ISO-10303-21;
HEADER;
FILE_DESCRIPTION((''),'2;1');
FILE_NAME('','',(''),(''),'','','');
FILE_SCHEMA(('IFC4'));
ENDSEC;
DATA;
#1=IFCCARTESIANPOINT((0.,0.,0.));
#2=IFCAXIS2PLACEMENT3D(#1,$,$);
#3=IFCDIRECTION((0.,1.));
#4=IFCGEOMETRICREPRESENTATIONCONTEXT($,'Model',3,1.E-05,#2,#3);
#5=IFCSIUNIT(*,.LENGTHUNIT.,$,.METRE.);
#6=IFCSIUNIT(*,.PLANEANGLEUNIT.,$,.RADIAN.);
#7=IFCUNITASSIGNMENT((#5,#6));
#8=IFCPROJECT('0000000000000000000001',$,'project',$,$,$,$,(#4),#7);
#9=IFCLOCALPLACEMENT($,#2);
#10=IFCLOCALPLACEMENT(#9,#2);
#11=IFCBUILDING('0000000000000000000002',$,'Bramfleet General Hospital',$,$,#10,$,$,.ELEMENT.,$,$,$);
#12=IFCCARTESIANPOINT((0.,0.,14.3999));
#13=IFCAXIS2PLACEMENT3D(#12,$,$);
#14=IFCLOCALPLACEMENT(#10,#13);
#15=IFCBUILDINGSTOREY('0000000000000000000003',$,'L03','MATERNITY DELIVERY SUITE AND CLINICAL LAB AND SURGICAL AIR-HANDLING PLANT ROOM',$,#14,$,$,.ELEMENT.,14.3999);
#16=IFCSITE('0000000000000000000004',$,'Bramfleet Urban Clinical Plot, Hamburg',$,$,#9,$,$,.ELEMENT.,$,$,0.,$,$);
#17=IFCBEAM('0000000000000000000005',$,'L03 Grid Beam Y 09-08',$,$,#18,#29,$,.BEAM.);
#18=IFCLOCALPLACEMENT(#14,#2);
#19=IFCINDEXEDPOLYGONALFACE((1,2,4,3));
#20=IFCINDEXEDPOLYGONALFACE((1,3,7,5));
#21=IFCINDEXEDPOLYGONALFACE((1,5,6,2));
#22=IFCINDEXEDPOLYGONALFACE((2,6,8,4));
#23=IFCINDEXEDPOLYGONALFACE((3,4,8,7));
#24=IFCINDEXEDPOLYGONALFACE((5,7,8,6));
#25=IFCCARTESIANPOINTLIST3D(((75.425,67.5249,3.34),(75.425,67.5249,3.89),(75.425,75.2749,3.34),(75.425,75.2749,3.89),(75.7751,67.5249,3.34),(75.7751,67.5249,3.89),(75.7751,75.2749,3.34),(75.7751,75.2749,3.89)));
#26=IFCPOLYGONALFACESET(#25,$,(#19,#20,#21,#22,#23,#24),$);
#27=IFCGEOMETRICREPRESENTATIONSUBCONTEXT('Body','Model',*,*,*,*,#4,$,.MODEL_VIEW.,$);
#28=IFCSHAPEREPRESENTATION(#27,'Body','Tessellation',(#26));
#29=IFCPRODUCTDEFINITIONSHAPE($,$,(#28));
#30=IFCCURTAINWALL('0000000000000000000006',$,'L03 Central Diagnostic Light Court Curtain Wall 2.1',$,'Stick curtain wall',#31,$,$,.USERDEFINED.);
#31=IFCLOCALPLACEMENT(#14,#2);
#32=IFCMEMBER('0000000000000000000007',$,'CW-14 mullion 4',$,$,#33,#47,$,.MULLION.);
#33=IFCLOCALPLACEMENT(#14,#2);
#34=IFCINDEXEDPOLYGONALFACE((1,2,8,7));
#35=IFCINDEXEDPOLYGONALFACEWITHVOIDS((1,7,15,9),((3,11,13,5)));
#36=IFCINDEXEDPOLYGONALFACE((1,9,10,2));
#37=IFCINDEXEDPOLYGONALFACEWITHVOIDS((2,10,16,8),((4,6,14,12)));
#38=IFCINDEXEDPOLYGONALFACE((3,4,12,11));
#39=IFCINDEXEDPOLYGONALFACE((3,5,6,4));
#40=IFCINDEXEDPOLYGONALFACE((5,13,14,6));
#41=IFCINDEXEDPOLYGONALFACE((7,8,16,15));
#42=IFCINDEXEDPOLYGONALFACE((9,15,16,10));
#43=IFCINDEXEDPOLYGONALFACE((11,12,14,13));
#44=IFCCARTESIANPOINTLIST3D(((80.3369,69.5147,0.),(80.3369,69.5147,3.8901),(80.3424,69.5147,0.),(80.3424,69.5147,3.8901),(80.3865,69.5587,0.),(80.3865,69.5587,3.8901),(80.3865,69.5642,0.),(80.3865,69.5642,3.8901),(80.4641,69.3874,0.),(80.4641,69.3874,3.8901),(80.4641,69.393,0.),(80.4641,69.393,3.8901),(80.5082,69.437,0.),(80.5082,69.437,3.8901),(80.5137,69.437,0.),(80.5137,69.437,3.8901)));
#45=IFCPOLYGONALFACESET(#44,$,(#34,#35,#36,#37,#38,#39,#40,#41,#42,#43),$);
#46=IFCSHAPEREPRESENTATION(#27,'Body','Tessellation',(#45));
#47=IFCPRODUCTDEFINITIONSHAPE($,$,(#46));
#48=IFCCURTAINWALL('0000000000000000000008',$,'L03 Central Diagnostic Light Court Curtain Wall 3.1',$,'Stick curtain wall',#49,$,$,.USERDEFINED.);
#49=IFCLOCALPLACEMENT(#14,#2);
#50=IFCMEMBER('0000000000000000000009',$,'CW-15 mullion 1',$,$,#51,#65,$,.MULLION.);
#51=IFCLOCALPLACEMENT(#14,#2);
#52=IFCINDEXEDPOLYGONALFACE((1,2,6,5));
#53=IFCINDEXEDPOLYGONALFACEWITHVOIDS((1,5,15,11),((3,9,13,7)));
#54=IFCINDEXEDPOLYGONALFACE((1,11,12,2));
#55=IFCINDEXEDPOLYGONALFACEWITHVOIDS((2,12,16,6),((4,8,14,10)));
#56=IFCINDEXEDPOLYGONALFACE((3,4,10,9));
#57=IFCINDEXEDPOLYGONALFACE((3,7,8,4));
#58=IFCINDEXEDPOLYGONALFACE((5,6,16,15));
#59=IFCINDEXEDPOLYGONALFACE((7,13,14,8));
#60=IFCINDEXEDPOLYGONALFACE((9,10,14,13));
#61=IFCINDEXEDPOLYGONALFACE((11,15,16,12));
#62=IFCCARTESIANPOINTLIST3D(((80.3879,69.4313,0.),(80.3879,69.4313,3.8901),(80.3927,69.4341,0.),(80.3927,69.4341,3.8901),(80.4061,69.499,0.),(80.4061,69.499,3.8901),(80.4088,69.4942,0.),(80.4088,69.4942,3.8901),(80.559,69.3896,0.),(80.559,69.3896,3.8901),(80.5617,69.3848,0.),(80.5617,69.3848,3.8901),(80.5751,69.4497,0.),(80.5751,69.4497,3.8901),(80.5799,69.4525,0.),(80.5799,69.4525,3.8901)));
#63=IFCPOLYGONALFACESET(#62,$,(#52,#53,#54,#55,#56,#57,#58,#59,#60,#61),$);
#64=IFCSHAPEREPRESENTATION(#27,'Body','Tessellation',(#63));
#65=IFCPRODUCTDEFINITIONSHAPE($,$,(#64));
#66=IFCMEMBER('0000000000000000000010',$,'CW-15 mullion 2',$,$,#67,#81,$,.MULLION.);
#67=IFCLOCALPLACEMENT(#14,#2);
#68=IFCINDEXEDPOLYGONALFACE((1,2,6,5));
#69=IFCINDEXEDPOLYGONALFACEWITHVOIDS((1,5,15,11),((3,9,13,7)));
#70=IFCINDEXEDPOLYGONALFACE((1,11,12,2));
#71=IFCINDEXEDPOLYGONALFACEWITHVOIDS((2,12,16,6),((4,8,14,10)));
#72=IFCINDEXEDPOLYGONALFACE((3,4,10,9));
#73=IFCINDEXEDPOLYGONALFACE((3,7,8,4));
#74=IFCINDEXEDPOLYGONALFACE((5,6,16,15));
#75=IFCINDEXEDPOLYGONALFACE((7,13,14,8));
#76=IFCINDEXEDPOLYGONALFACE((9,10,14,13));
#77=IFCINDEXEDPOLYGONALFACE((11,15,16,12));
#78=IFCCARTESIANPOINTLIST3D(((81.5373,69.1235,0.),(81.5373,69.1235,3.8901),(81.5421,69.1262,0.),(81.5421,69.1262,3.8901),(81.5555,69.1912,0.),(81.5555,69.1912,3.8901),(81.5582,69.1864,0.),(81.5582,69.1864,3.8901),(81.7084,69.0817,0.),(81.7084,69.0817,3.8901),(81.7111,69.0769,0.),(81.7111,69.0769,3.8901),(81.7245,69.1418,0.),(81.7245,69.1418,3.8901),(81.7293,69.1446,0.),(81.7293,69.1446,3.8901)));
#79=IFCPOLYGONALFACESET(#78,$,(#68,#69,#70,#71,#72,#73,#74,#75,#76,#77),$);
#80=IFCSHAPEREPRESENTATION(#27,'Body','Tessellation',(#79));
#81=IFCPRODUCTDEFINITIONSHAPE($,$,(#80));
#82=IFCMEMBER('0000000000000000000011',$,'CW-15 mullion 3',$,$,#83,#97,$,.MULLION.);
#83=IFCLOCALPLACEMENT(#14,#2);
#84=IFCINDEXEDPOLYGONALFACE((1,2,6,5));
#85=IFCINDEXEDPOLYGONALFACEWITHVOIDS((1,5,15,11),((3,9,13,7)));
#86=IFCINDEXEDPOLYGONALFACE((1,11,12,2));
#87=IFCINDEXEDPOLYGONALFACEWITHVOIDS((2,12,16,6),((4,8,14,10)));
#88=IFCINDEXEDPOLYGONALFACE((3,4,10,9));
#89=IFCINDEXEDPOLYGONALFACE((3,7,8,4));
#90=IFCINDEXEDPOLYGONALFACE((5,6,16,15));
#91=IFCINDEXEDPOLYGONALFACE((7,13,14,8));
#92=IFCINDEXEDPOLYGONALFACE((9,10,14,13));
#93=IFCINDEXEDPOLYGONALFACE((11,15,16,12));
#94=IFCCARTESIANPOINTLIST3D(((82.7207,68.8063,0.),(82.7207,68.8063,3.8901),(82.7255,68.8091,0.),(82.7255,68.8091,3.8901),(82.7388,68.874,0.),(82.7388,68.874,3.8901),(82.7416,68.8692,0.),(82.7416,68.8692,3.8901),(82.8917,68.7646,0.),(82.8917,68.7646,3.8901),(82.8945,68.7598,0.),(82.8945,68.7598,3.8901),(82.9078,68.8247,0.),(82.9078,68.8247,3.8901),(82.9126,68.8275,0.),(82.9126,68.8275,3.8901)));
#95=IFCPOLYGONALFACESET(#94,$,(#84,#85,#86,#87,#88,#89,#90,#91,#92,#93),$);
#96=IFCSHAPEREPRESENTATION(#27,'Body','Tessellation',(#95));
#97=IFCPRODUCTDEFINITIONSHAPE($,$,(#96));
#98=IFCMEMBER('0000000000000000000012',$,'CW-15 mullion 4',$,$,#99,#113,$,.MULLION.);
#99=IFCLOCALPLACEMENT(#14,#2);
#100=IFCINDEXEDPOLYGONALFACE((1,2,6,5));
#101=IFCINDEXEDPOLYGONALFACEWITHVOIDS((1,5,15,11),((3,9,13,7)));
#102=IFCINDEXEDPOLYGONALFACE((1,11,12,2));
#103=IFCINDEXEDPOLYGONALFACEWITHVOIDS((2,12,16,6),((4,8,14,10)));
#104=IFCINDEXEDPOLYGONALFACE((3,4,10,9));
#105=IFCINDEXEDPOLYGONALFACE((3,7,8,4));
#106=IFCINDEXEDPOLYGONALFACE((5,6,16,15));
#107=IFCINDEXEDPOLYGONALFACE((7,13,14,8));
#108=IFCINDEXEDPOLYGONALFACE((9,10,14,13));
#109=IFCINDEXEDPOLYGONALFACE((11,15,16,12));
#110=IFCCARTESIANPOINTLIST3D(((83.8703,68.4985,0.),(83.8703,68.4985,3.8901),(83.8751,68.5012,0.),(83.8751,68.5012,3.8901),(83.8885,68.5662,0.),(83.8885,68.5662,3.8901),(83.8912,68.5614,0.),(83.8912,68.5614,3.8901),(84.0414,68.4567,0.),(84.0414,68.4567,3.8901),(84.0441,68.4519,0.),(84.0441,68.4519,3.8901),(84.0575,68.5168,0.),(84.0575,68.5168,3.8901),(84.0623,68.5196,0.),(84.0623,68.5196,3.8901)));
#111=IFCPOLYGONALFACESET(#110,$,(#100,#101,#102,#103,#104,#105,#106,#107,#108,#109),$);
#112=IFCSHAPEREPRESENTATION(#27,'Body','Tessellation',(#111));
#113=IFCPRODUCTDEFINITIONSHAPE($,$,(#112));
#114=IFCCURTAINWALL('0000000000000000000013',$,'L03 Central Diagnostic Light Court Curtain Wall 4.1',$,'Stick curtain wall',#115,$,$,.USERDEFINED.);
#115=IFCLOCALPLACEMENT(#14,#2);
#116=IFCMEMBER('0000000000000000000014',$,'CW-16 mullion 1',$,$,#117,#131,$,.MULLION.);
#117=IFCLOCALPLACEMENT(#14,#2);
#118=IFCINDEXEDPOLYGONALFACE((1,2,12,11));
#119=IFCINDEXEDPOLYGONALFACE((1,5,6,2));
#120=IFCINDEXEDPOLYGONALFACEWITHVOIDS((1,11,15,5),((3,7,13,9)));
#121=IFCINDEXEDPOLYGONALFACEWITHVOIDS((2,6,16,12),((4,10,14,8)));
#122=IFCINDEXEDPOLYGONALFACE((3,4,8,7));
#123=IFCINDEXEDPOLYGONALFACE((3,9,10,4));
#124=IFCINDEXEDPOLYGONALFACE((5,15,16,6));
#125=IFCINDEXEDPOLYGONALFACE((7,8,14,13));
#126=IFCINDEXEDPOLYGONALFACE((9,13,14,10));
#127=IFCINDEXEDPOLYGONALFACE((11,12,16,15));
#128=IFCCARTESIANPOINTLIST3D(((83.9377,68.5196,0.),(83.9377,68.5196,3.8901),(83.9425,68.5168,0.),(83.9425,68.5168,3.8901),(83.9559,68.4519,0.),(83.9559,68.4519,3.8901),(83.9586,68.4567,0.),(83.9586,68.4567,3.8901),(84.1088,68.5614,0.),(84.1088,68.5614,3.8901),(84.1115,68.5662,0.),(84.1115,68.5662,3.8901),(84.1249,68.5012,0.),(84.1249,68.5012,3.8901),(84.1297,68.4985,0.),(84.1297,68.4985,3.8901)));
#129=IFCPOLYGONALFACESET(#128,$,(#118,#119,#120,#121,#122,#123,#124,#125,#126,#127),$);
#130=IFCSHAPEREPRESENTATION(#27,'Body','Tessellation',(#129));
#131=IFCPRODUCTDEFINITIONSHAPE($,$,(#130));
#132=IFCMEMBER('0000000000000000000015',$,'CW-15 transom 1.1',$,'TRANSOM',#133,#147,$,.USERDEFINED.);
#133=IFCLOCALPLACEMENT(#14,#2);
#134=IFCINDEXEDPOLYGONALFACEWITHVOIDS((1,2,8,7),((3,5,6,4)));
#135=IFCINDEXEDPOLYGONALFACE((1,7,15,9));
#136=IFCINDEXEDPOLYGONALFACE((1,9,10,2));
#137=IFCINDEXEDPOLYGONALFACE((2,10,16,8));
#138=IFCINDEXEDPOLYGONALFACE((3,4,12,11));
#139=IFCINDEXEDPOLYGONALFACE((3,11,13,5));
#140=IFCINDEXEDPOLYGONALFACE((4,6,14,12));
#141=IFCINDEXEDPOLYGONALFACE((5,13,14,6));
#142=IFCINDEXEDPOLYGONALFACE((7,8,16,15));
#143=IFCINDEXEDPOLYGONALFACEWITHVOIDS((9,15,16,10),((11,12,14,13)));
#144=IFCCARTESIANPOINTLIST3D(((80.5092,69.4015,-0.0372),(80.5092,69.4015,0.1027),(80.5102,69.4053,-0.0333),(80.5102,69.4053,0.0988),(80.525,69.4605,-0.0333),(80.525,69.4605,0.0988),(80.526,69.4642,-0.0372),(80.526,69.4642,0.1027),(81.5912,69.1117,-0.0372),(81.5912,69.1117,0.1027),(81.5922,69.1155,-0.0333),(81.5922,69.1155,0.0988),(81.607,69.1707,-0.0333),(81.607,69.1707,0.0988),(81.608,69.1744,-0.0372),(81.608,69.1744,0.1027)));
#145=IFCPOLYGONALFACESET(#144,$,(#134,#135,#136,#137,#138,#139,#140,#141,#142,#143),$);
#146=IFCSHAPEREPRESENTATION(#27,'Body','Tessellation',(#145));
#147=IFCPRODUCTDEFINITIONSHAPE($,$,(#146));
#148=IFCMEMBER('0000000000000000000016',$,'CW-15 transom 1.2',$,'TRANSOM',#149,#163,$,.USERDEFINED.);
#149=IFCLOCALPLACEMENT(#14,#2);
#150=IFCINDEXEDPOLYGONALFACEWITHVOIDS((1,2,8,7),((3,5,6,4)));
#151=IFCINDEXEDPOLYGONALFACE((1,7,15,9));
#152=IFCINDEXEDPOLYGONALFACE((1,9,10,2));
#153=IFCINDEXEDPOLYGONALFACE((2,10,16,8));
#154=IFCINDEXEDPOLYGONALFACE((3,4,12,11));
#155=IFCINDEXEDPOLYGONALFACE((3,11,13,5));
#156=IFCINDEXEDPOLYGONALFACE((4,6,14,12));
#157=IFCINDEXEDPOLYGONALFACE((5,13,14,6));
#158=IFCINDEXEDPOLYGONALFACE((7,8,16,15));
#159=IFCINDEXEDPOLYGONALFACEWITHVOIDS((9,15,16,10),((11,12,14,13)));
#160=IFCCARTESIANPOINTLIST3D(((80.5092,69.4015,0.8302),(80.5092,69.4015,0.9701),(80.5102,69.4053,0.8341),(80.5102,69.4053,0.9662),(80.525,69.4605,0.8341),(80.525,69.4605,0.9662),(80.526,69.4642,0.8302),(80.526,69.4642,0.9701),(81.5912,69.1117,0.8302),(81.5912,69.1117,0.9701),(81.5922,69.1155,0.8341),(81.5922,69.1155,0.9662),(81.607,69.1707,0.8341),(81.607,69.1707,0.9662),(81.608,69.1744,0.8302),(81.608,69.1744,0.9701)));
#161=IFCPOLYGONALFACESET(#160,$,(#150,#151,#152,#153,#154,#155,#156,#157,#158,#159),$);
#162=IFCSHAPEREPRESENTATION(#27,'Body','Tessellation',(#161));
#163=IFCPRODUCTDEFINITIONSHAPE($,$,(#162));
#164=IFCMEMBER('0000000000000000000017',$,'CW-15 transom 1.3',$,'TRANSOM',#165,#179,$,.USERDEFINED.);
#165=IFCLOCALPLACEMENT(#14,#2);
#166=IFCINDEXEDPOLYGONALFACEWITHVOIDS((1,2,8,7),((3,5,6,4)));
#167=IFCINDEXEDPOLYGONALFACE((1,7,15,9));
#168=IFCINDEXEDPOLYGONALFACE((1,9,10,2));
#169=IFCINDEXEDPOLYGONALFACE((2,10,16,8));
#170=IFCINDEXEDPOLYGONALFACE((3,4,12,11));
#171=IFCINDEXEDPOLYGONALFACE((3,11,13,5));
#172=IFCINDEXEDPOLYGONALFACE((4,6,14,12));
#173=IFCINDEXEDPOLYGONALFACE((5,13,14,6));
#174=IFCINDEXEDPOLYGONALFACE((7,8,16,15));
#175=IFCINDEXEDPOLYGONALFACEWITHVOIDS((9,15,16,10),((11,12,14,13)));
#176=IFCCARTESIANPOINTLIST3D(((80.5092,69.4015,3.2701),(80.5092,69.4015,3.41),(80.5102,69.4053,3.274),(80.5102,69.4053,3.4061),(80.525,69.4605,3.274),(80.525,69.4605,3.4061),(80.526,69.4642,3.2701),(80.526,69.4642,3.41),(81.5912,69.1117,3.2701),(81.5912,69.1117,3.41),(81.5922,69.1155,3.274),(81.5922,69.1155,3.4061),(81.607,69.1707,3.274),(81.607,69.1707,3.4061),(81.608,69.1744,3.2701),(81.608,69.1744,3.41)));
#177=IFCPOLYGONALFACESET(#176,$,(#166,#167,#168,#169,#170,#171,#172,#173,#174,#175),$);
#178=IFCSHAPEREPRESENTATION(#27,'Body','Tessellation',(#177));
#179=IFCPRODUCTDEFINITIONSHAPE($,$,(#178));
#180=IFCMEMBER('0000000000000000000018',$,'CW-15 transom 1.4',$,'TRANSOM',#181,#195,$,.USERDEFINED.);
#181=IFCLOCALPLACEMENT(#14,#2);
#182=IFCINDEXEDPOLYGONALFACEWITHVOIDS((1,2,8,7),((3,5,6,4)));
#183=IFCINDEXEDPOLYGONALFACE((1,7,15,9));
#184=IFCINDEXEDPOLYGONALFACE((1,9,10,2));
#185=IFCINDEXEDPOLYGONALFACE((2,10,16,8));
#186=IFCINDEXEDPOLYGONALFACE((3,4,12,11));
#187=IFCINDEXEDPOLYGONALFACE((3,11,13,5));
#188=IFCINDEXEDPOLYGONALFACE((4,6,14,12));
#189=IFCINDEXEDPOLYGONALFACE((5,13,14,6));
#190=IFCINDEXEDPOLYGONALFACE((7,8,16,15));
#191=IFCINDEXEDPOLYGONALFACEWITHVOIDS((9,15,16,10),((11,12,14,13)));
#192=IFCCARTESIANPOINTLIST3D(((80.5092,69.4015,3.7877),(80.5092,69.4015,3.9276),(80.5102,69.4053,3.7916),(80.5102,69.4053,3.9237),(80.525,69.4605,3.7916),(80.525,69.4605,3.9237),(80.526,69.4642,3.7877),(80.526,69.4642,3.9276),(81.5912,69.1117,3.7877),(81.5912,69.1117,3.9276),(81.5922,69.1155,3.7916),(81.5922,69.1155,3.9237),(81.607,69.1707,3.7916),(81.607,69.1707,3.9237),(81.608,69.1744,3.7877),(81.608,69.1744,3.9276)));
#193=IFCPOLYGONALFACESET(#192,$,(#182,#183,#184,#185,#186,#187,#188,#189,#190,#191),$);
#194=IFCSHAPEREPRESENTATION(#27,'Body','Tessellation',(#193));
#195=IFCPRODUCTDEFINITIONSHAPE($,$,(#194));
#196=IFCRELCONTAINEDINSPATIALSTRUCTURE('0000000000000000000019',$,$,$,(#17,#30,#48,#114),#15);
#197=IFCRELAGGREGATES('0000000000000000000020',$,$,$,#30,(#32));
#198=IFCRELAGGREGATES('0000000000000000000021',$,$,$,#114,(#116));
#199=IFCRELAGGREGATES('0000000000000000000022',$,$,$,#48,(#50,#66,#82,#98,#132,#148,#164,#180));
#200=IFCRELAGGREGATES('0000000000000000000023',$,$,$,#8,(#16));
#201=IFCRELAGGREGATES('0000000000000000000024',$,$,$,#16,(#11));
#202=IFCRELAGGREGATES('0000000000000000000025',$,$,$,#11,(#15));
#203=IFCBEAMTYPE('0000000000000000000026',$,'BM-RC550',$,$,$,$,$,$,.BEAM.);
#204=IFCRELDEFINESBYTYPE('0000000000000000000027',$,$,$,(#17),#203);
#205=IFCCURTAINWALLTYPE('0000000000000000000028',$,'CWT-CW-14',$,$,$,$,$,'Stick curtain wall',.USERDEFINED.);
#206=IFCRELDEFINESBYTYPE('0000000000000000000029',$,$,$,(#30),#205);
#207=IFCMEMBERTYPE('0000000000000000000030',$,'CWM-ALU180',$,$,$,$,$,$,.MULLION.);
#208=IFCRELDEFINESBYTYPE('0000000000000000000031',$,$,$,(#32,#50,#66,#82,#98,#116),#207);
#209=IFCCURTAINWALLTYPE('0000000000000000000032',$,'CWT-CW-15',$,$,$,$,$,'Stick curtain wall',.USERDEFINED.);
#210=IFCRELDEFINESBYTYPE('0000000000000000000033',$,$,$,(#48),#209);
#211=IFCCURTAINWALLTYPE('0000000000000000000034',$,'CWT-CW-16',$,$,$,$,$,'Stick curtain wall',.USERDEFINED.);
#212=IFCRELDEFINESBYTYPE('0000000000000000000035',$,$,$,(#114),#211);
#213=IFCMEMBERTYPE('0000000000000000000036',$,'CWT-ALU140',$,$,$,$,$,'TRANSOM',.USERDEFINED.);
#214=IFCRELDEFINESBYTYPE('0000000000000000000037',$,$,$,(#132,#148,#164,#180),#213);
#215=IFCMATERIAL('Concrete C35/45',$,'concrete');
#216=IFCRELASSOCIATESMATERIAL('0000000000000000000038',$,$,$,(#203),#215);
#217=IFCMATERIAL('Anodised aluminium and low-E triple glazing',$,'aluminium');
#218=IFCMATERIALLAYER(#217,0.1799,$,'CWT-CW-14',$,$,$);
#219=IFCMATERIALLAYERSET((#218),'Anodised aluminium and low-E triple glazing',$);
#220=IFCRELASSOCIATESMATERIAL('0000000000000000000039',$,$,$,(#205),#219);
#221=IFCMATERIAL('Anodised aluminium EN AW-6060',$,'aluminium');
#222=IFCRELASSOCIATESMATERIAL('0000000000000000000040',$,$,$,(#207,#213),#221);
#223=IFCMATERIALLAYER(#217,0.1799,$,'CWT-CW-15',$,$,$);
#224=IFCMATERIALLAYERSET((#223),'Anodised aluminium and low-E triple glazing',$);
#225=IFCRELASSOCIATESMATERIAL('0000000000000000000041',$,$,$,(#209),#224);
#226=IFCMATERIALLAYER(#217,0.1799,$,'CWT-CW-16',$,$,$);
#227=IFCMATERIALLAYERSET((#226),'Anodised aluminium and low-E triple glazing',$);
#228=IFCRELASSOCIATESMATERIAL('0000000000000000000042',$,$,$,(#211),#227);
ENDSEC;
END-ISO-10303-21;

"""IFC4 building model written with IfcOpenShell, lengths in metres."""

from ifc_helpers import new_model, si_unit, direction, frame, origin, origin_2d, place, context, subcontext, project, spatial, rectangle, hollow_rectangle, extrude, material, layer, layer_set, material_profile, profile_set, type_object, element, aggregate, save


model = new_model("IFC4")

# Units and contexts
model_context = context("Model", 3, precision=1e-05, world=origin(), true_north=direction((0.0, 1.0)))
body_context = subcontext(model_context, "Body", "Model", "MODEL_VIEW")
ifc_project = project(units=[si_unit("LENGTHUNIT", "METRE"), si_unit("PLANEANGLEUNIT", "RADIAN")], contexts=[model_context])

# Site, building, storey
site_placement = place(None, origin())
site = spatial("IfcSite", under=ifc_project, at=site_placement, Name="Bramfleet Urban Clinical Plot, Hamburg", CompositionType="ELEMENT", RefElevation=0.0)
building_placement = place(site_placement, origin())
building = spatial("IfcBuilding", under=site, at=building_placement, Name="Bramfleet General Hospital", CompositionType="ELEMENT")
storey_placement = place(building_placement, frame((0.0, 0.0, 14.3999)))
storey = spatial("IfcBuildingStorey", under=building, at=storey_placement, Name="L03", Description="MATERNITY DELIVERY SUITE AND CLINICAL LAB AND SURGICAL AIR-HANDLING PLANT ROOM", CompositionType="ELEMENT", Elevation=14.3999)

# Beam
ifc_material_1 = material(Name="Concrete C35/45", Category="concrete")
ifc_material_profile_1 = material_profile(ifc_material_1, rectangle(XDim=0.3501, YDim=0.55, at=origin_2d()), Name="RC BM 550x350")
ifc_profile_set_1 = profile_set([ifc_material_profile_1], Name="Concrete C35/45")
beam_type = type_object("IfcBeamType", Name="BM-RC550", PredefinedType="BEAM", material=ifc_profile_set_1)
beam_placement = place(storey_placement, frame((75.6001, 67.5249, 3.615), z_axis=(0.0, 1.0, 0.0), x_axis=(-1.0, 0.0, 0.0)))
element("IfcBeam", 1, at=beam_placement, inside=storey, type_object=beam_type, Name="L03 Grid Beam Y 09-08", PredefinedType="BEAM", context=body_context, shape_type="SweptSolid", body=[
    extrude(rectangle(XDim=0.3501, YDim=0.55, at=origin_2d()), origin(), (0.0, 0.0, 1.0), 7.75),
])

# Curtain wall, member
ifc_material_2 = material(Name="Anodised aluminium and low-E triple glazing", Category="aluminium")
ifc_layer_1 = layer(ifc_material_2, 0.1799, Name="CWT-CW-14")
ifc_layer_set_1 = layer_set([ifc_layer_1], Name="Anodised aluminium and low-E triple glazing")
curtain_wall_type_1 = type_object("IfcCurtainWallType", Name="CWT-CW-14", ElementType="Stick curtain wall", PredefinedType="USERDEFINED", material=ifc_layer_set_1)
curtain_wall_1_placement = place(storey_placement, origin())
curtain_wall_1 = element("IfcCurtainWall", 2, at=curtain_wall_1_placement, inside=storey, type_object=curtain_wall_type_1, Name="L03 Central Diagnostic Light Court Curtain Wall 2.1", ObjectType="Stick curtain wall", PredefinedType="USERDEFINED")
ifc_material_3 = material(Name="Anodised aluminium EN AW-6060", Category="aluminium")
ifc_material_profile_2 = material_profile(ifc_material_3, hollow_rectangle(XDim=0.0701, YDim=0.1799, WallThickness=0.0039, at=origin_2d()), Name="ALU 180x70x4.0")
ifc_profile_set_2 = profile_set([ifc_material_profile_2], Name="Anodised aluminium EN AW-6060")
member_type_1 = type_object("IfcMemberType", Name="CWM-ALU180", PredefinedType="MULLION", material=ifc_profile_set_2)
member_1_placement = place(storey_placement, frame((80.4253, 69.4758, 0.0), z_axis=(0.0, 0.0, 1.0), x_axis=(0.707107, 0.707107, 0.0)))
member_1 = element("IfcMember", 3, at=member_1_placement, type_object=member_type_1, Name="CW-14 mullion 4", PredefinedType="MULLION", context=body_context, shape_type="SweptSolid", body=[
    extrude(hollow_rectangle(XDim=0.0701, YDim=0.1799, WallThickness=0.0039, at=origin_2d()), origin(), (0.0, 0.0, 1.0), 3.8901),
])
aggregate(curtain_wall_1, [member_1])

# Curtain wall, members
ifc_layer_2 = layer(ifc_material_2, 0.1799, Name="CWT-CW-15")
ifc_layer_set_2 = layer_set([ifc_layer_2], Name="Anodised aluminium and low-E triple glazing")
curtain_wall_type_2 = type_object("IfcCurtainWallType", Name="CWT-CW-15", ElementType="Stick curtain wall", PredefinedType="USERDEFINED", material=ifc_layer_set_2)
curtain_wall_2_placement = place(storey_placement, origin())
curtain_wall_2 = element("IfcCurtainWall", 4, at=curtain_wall_2_placement, inside=storey, type_object=curtain_wall_type_2, Name="L03 Central Diagnostic Light Court Curtain Wall 3.1", ObjectType="Stick curtain wall", PredefinedType="USERDEFINED")
member_2_placement = place(storey_placement, frame((80.4839, 69.4419, 0.0), z_axis=(0.0, 0.0, 1.0), x_axis=(0.258763, 0.965941, 0.0)))
member_2 = element("IfcMember", 5, at=member_2_placement, type_object=member_type_1, Name="CW-15 mullion 1", PredefinedType="MULLION", context=body_context, shape_type="SweptSolid", body=[
    extrude(hollow_rectangle(XDim=0.0701, YDim=0.1799, WallThickness=0.0039, at=origin_2d()), origin(), (0.0, 0.0, 1.0), 3.8901),
])
member_3_placement = place(storey_placement, frame((81.6333, 69.134, 0.0), z_axis=(0.0, 0.0, 1.0), x_axis=(0.258763, 0.965941, 0.0)))
member_3 = element("IfcMember", 6, at=member_3_placement, type_object=member_type_1, Name="CW-15 mullion 2", PredefinedType="MULLION", context=body_context, shape_type="SweptSolid", body=[
    extrude(hollow_rectangle(XDim=0.0701, YDim=0.1799, WallThickness=0.0039, at=origin_2d()), origin(), (0.0, 0.0, 1.0), 3.8901),
])
member_4_placement = place(storey_placement, frame((82.8167, 68.8169, 0.0), z_axis=(0.0, 0.0, 1.0), x_axis=(0.258763, 0.965941, 0.0)))
member_4 = element("IfcMember", 7, at=member_4_placement, type_object=member_type_1, Name="CW-15 mullion 3", PredefinedType="MULLION", context=body_context, shape_type="SweptSolid", body=[
    extrude(hollow_rectangle(XDim=0.0701, YDim=0.1799, WallThickness=0.0039, at=origin_2d()), origin(), (0.0, 0.0, 1.0), 3.8901),
])
member_5_placement = place(storey_placement, frame((83.9663, 68.509, 0.0), z_axis=(0.0, 0.0, 1.0), x_axis=(0.258763, 0.965941, 0.0)))
member_5 = element("IfcMember", 8, at=member_5_placement, type_object=member_type_1, Name="CW-15 mullion 4", PredefinedType="MULLION", context=body_context, shape_type="SweptSolid", body=[
    extrude(hollow_rectangle(XDim=0.0701, YDim=0.1799, WallThickness=0.0039, at=origin_2d()), origin(), (0.0, 0.0, 1.0), 3.8901),
])

# Curtain wall, member
ifc_layer_3 = layer(ifc_material_2, 0.1799, Name="CWT-CW-16")
ifc_layer_set_3 = layer_set([ifc_layer_3], Name="Anodised aluminium and low-E triple glazing")
curtain_wall_type_3 = type_object("IfcCurtainWallType", Name="CWT-CW-16", ElementType="Stick curtain wall", PredefinedType="USERDEFINED", material=ifc_layer_set_3)
curtain_wall_3_placement = place(storey_placement, origin())
curtain_wall_3 = element("IfcCurtainWall", 9, at=curtain_wall_3_placement, inside=storey, type_object=curtain_wall_type_3, Name="L03 Central Diagnostic Light Court Curtain Wall 4.1", ObjectType="Stick curtain wall", PredefinedType="USERDEFINED")
member_6_placement = place(storey_placement, frame((84.0337, 68.509, 0.0), z_axis=(0.0, 0.0, 1.0), x_axis=(-0.258763, 0.965941, 0.0)))
member_6 = element("IfcMember", 10, at=member_6_placement, type_object=member_type_1, Name="CW-16 mullion 1", PredefinedType="MULLION", context=body_context, shape_type="SweptSolid", body=[
    extrude(hollow_rectangle(XDim=0.0701, YDim=0.1799, WallThickness=0.0039, at=origin_2d()), origin(), (0.0, 0.0, 1.0), 3.8901),
])

# Members
ifc_material_profile_3 = material_profile(ifc_material_3, hollow_rectangle(XDim=0.0649, YDim=0.1399, WallThickness=0.0039, at=origin_2d()), Name="ALU 140x65x4.0")
ifc_profile_set_3 = profile_set([ifc_material_profile_3], Name="Anodised aluminium EN AW-6060")
member_type_2 = type_object("IfcMemberType", Name="CWT-ALU140", ElementType="TRANSOM", PredefinedType="USERDEFINED", material=ifc_profile_set_3)
member_7_placement = place(storey_placement, frame((80.5176, 69.4329, 0.0327), z_axis=(0.965956, -0.258707, 0.0), x_axis=(0.258707, 0.965956, 0.0)))
member_7 = element("IfcMember", 11, at=member_7_placement, type_object=member_type_2, Name="CW-15 transom 1.1", ObjectType="TRANSOM", PredefinedType="USERDEFINED", context=body_context, shape_type="SweptSolid", body=[
    extrude(hollow_rectangle(XDim=0.0649, YDim=0.1399, WallThickness=0.0039, at=origin_2d()), origin(), (0.0, 0.0, 1.0), 1.1201),
])
member_8_placement = place(storey_placement, frame((80.5176, 69.4329, 0.9001), z_axis=(0.965956, -0.258707, 0.0), x_axis=(0.258707, 0.965956, 0.0)))
member_8 = element("IfcMember", 12, at=member_8_placement, type_object=member_type_2, Name="CW-15 transom 1.2", ObjectType="TRANSOM", PredefinedType="USERDEFINED", context=body_context, shape_type="SweptSolid", body=[
    extrude(hollow_rectangle(XDim=0.0649, YDim=0.1399, WallThickness=0.0039, at=origin_2d()), origin(), (0.0, 0.0, 1.0), 1.1201),
])
member_9_placement = place(storey_placement, frame((80.5176, 69.4329, 3.3401), z_axis=(0.965956, -0.258707, 0.0), x_axis=(0.258707, 0.965956, 0.0)))
member_9 = element("IfcMember", 13, at=member_9_placement, type_object=member_type_2, Name="CW-15 transom 1.3", ObjectType="TRANSOM", PredefinedType="USERDEFINED", context=body_context, shape_type="SweptSolid", body=[
    extrude(hollow_rectangle(XDim=0.0649, YDim=0.1399, WallThickness=0.0039, at=origin_2d()), origin(), (0.0, 0.0, 1.0), 1.1201),
])
member_10_placement = place(storey_placement, frame((80.5176, 69.4329, 3.8577), z_axis=(0.965956, -0.258707, 0.0), x_axis=(0.258707, 0.965956, 0.0)))
member_10 = element("IfcMember", 14, at=member_10_placement, type_object=member_type_2, Name="CW-15 transom 1.4", ObjectType="TRANSOM", PredefinedType="USERDEFINED", context=body_context, shape_type="SweptSolid", body=[
    extrude(hollow_rectangle(XDim=0.0649, YDim=0.1399, WallThickness=0.0039, at=origin_2d()), origin(), (0.0, 0.0, 1.0), 1.1201),
])
aggregate(curtain_wall_3, [member_6])

aggregate(curtain_wall_2, [member_2, member_3, member_4, member_5, member_7, member_8, member_9, member_10])

save(model, "model.ifc")
